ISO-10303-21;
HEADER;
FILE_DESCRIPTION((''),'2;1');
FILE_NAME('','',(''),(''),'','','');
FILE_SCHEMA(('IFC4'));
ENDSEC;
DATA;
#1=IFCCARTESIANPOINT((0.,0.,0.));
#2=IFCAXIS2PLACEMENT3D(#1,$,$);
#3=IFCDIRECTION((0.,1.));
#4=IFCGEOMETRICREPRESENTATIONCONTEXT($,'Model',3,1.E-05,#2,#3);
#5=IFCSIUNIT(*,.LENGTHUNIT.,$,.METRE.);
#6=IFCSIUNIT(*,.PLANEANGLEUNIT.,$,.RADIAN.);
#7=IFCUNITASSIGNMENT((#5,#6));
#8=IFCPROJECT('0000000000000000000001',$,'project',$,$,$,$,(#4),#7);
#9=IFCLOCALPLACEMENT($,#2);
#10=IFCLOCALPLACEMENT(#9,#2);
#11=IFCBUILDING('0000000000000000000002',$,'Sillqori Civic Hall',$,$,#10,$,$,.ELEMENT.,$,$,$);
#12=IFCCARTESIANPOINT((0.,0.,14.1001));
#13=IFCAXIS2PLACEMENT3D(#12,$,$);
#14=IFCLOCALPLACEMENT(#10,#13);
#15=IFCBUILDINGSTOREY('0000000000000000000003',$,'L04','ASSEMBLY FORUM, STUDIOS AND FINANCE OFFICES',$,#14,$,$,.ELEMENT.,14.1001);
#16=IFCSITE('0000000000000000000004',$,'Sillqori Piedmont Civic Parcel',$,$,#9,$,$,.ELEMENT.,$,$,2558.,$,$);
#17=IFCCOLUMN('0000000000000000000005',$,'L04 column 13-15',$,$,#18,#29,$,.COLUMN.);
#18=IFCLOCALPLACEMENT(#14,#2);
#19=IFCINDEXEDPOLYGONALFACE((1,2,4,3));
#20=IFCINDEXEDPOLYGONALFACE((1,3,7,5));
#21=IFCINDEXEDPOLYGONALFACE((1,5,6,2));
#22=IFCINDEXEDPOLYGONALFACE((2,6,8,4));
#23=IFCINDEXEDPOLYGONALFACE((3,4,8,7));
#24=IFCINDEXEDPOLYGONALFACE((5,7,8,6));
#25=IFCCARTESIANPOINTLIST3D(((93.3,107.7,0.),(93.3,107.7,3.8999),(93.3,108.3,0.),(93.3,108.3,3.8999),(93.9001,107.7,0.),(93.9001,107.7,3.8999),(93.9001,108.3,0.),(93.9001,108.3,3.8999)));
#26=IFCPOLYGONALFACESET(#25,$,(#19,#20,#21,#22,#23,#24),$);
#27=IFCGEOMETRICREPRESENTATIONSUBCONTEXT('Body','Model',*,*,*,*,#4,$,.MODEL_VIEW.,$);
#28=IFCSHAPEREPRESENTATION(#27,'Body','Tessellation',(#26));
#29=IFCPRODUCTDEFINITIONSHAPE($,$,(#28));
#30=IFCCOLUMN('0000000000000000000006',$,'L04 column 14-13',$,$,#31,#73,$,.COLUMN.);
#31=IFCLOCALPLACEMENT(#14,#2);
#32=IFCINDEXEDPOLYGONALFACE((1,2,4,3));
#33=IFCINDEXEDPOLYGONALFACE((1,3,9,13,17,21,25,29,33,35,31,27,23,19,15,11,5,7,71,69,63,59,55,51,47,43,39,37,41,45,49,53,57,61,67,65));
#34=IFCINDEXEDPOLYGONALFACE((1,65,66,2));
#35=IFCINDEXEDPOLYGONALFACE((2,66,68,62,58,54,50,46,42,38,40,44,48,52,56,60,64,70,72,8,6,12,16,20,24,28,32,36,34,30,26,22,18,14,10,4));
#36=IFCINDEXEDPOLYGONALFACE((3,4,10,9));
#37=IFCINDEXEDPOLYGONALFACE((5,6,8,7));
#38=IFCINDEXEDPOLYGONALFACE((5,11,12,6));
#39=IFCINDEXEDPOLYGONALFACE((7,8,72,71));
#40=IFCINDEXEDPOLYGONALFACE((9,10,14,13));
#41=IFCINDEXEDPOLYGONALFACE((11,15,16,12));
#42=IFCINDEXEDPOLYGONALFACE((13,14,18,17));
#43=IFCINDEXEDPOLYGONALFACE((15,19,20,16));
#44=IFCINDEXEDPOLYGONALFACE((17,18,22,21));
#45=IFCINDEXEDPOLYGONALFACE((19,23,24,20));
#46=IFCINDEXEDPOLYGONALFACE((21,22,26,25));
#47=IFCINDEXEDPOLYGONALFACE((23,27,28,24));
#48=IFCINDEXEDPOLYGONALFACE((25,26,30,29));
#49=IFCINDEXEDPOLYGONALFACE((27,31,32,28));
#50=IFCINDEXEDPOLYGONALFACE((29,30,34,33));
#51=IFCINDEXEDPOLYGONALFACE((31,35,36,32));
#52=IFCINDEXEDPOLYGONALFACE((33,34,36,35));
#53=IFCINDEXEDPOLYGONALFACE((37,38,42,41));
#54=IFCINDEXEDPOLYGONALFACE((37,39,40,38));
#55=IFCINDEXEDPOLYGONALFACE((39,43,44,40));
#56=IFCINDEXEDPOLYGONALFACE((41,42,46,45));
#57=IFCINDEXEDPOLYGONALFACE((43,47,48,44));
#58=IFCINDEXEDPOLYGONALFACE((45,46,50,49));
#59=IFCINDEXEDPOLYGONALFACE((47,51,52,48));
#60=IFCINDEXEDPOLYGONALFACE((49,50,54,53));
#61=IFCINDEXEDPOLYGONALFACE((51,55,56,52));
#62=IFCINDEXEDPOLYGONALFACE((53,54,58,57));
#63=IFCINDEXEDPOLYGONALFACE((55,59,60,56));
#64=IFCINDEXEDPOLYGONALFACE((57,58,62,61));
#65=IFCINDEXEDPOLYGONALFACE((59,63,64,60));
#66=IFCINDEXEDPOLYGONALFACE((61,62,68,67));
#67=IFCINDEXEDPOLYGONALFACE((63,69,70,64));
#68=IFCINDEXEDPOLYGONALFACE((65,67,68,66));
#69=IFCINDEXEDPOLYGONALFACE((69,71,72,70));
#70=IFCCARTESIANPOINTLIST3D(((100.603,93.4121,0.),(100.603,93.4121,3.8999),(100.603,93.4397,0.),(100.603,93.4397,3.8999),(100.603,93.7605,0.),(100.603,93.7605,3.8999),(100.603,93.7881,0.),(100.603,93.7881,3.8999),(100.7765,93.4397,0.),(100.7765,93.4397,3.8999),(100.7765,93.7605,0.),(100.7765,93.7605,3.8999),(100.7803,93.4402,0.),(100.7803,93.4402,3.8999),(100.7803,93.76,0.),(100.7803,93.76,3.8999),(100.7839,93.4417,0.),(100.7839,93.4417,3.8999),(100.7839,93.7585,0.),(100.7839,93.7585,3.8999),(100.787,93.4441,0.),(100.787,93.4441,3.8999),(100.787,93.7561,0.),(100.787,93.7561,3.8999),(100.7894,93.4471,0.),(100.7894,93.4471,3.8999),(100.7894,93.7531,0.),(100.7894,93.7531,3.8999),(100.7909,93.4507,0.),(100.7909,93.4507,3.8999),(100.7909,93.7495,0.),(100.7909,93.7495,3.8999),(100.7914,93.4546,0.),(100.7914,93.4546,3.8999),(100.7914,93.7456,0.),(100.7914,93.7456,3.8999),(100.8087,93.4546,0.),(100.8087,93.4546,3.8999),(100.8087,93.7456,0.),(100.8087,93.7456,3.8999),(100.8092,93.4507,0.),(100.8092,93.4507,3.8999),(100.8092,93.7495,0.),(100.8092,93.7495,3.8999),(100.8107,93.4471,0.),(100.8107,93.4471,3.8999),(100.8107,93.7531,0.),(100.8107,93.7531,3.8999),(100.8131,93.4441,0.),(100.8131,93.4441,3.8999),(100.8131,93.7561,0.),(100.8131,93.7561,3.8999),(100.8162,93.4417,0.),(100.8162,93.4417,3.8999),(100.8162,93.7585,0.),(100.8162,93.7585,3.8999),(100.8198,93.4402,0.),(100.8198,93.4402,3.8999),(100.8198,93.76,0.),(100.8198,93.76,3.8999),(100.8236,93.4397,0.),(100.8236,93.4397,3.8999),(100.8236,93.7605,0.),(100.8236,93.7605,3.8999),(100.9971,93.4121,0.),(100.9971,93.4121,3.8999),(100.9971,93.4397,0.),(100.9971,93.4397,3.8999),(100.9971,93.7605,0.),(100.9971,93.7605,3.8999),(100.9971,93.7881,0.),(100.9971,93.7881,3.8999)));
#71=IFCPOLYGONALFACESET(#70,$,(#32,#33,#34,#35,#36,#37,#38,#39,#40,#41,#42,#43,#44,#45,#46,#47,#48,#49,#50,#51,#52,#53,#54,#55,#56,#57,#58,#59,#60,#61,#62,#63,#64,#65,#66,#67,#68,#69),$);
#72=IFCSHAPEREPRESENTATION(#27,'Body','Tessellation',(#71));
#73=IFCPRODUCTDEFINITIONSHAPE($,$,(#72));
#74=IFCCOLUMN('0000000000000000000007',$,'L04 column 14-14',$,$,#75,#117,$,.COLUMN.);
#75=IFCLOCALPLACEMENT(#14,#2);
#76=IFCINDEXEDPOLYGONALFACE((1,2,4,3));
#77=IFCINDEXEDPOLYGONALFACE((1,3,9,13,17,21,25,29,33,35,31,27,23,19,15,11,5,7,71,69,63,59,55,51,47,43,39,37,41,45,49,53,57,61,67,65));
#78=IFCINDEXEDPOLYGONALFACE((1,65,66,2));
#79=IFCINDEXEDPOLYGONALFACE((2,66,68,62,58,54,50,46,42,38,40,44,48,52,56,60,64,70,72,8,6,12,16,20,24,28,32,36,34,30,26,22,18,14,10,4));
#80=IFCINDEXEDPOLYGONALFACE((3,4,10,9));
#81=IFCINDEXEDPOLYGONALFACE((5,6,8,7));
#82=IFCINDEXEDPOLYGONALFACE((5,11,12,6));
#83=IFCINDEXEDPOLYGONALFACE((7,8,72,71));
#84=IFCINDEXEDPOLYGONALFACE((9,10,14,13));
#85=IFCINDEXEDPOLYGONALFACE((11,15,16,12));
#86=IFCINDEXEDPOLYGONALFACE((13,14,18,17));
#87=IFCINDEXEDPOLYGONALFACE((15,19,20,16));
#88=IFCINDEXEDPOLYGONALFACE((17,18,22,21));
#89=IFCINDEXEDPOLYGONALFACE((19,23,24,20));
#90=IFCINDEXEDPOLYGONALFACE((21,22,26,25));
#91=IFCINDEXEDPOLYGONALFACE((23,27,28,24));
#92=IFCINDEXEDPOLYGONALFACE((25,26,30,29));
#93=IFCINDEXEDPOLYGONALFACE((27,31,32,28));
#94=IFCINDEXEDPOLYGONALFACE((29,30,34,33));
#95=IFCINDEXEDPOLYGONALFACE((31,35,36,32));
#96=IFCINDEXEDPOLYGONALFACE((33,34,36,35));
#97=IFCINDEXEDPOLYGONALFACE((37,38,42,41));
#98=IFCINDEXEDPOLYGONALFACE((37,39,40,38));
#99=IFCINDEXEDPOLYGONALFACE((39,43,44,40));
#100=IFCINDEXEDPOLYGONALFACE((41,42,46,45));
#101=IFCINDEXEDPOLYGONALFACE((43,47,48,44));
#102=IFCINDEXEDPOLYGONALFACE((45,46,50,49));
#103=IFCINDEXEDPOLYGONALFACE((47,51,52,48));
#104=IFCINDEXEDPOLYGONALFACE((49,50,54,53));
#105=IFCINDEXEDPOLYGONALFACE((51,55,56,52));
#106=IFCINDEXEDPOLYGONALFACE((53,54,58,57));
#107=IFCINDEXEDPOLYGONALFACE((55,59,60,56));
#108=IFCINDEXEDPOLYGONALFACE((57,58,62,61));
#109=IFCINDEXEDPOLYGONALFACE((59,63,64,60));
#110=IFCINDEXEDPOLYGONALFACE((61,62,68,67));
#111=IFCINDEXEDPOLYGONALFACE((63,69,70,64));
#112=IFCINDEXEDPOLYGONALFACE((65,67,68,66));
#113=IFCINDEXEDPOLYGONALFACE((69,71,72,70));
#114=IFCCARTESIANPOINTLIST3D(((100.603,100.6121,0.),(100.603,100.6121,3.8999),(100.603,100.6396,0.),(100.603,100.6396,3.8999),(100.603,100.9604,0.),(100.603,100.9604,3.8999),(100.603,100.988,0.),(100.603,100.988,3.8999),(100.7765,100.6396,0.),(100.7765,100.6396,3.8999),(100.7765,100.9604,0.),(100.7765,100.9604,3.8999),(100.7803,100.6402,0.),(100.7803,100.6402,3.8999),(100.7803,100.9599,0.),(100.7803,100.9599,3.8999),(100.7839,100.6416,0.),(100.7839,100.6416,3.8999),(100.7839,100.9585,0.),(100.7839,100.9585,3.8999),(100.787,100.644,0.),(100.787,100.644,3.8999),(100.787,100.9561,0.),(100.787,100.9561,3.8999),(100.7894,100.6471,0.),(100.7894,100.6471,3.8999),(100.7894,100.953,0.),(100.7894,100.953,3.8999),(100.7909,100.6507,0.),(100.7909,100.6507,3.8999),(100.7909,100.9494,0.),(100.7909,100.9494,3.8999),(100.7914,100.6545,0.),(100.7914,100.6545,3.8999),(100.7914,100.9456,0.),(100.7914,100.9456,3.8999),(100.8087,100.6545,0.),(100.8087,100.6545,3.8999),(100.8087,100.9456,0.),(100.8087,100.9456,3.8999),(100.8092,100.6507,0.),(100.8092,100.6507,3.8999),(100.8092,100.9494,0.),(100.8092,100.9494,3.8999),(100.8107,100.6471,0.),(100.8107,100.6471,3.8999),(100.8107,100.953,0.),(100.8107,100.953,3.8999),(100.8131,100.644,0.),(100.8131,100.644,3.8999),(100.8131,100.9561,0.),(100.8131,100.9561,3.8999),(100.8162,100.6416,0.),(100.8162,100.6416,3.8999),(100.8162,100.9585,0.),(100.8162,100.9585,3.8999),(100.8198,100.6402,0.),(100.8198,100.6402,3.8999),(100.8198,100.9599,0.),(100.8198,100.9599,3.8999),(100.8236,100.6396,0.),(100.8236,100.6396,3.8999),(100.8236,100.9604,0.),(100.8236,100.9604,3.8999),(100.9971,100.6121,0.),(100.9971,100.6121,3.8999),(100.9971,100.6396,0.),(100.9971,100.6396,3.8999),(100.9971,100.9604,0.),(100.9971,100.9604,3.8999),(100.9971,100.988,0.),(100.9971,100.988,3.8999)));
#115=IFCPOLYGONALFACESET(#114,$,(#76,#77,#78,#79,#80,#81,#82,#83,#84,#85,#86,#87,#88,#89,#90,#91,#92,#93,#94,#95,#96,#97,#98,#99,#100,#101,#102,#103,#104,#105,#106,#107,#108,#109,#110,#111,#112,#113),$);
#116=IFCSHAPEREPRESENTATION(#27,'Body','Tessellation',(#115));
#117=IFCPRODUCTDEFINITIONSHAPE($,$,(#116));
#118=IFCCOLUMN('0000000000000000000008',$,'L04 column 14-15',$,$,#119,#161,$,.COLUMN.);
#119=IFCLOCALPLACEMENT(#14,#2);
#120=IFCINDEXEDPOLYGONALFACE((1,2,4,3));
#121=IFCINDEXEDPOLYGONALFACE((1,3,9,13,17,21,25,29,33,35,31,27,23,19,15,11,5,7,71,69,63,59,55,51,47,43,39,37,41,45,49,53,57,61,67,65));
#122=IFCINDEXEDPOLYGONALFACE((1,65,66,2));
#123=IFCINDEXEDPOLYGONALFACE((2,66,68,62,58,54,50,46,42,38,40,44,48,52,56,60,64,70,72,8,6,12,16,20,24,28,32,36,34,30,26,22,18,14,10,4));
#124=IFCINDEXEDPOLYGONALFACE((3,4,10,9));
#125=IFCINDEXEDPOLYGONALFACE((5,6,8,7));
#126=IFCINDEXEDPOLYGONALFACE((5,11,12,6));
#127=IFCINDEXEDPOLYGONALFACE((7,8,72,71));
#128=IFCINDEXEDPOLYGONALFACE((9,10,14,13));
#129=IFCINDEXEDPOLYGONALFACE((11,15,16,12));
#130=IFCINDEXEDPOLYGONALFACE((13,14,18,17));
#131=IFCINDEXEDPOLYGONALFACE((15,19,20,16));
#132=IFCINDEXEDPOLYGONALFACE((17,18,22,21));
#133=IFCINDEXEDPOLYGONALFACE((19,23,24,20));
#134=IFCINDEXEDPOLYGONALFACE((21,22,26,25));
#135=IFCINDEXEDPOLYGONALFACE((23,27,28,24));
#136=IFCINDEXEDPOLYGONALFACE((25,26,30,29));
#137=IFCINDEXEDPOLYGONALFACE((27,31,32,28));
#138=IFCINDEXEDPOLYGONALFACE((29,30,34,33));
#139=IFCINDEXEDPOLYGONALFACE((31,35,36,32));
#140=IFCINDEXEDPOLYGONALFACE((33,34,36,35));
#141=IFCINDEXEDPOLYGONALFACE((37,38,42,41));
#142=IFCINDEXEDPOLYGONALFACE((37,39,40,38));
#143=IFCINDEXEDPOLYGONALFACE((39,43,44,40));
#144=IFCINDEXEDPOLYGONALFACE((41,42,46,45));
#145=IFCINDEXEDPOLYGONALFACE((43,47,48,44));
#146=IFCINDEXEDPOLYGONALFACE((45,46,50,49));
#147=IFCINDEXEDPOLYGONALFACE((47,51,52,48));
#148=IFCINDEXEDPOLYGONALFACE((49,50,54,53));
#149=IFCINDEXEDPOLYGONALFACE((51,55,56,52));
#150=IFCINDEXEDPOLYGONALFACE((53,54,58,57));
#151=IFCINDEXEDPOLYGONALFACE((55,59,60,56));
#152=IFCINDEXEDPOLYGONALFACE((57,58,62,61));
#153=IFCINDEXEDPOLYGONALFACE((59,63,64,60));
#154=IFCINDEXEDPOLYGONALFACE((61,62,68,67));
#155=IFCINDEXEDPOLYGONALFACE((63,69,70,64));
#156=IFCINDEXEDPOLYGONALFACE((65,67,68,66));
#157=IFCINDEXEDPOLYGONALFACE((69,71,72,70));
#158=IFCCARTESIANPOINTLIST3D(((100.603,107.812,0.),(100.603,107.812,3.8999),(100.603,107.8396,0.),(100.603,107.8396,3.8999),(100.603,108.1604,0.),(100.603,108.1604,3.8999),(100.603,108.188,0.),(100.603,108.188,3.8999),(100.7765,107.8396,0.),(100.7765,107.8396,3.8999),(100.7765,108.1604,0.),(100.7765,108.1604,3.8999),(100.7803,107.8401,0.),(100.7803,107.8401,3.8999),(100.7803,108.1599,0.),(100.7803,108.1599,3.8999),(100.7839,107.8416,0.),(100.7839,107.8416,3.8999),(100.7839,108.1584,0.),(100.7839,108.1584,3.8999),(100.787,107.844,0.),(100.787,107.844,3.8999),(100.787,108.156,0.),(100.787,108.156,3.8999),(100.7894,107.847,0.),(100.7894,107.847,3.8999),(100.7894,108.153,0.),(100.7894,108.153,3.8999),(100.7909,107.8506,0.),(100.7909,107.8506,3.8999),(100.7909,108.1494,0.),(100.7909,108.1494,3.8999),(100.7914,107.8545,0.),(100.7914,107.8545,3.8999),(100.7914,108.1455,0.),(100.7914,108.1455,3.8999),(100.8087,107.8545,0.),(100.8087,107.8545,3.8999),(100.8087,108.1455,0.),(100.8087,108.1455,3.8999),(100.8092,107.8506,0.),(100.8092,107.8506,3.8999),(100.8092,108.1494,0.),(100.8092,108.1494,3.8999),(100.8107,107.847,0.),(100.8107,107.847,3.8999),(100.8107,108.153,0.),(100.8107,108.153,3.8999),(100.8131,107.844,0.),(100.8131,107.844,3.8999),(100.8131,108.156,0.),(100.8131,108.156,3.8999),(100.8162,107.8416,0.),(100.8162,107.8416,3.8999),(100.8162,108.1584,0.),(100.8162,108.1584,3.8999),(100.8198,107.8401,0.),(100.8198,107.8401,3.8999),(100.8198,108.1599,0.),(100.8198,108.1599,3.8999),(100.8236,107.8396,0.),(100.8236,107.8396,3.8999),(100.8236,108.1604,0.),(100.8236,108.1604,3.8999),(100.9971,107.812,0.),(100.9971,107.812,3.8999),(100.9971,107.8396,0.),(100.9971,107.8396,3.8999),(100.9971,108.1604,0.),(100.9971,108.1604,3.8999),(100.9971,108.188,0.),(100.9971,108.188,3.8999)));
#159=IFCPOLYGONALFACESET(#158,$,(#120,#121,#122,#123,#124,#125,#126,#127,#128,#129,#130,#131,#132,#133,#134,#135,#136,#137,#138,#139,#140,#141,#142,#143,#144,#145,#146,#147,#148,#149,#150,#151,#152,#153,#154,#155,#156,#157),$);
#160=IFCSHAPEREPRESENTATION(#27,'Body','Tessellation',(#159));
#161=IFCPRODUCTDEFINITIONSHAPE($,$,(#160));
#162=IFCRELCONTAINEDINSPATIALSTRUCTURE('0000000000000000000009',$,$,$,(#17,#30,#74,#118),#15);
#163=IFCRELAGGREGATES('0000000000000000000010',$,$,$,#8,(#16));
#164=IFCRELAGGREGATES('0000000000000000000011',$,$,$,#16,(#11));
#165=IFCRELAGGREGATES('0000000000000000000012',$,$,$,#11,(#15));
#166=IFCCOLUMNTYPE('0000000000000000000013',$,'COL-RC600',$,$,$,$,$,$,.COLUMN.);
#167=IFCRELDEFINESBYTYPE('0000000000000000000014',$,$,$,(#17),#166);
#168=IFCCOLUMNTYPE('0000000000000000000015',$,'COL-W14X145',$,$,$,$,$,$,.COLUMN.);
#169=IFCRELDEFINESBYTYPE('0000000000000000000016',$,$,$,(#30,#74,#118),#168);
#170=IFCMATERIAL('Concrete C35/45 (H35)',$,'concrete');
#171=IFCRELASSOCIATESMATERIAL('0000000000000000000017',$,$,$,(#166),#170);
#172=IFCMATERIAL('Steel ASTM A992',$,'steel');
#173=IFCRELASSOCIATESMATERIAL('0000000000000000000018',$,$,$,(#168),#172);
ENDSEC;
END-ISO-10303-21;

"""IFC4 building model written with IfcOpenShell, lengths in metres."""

from ifc_helpers import new_model, si_unit, direction, frame, origin, origin_2d, place, context, subcontext, project, spatial, rectangle, i_section, extrude, material, material_profile, profile_set, type_object, element, save


model = new_model("IFC4")

# Units and contexts
model_context = context("Model", 3, precision=1e-05, world=origin(), true_north=direction((0.0, 1.0)))
body_context = subcontext(model_context, "Body", "Model", "MODEL_VIEW")
ifc_project = project(units=[si_unit("LENGTHUNIT", "METRE"), si_unit("PLANEANGLEUNIT", "RADIAN")], contexts=[model_context])

# Site, building, storey
site_placement = place(None, origin())
site = spatial("IfcSite", under=ifc_project, at=site_placement, Name="Sillqori Piedmont Civic Parcel", CompositionType="ELEMENT", RefElevation=2558.0)
building_placement = place(site_placement, origin())
building = spatial("IfcBuilding", under=site, at=building_placement, Name="Sillqori Civic Hall", CompositionType="ELEMENT")
storey_placement = place(building_placement, frame((0.0, 0.0, 14.1001)))
storey = spatial("IfcBuildingStorey", under=building, at=storey_placement, Name="L04", Description="ASSEMBLY FORUM, STUDIOS AND FINANCE OFFICES", CompositionType="ELEMENT", Elevation=14.1001)

# Columns
ifc_material_1 = material(Name="Concrete C35/45 (H35)", Category="concrete")
ifc_material_profile_1 = material_profile(ifc_material_1, rectangle(XDim=0.6001, YDim=0.6001, at=origin_2d()), Name="RC 600x600")
ifc_profile_set_1 = profile_set([ifc_material_profile_1], Name="Concrete C35/45 (H35)")
column_type_1 = type_object("IfcColumnType", Name="COL-RC600", PredefinedType="COLUMN", material=ifc_profile_set_1)
column_placement = place(storey_placement, frame((93.6001, 108.0, 0.0), z_axis=(0.0, 0.0, 1.0), x_axis=(1.0, 0.0, 0.0)))
element("IfcColumn", 1, at=column_placement, inside=storey, type_object=column_type_1, Name="L04 column 13-15", PredefinedType="COLUMN", context=body_context, shape_type="SweptSolid", body=[
    extrude(rectangle(XDim=0.6001, YDim=0.6001, at=origin_2d()), origin(), (0.0, 0.0, 1.0), 3.8999),
])
ifc_material_2 = material(Name="Steel ASTM A992", Category="steel")
ifc_material_profile_2 = material_profile(ifc_material_2, i_section(OverallWidth=0.394, OverallDepth=0.376, WebThickness=0.0173, FlangeThickness=0.0276, FilletRadius=0.0149, at=origin_2d()), Name="W14X145")
ifc_profile_set_2 = profile_set([ifc_material_profile_2], Name="Steel ASTM A992")
column_type_2 = type_object("IfcColumnType", Name="COL-W14X145", PredefinedType="COLUMN", material=ifc_profile_set_2)
for number, where, z_axis, x_axis, name in (
    (2, (100.8, 93.6001, 0.0), (0.0, 0.0, 1.0), (1.0, 0.0, 0.0), "L04 column 14-13"),
    (3, (100.8, 100.8, 0.0), (0.0, 0.0, 1.0), (1.0, 0.0, 0.0), "L04 column 14-14"),
    (4, (100.8, 108.0, 0.0), (0.0, 0.0, 1.0), (1.0, 0.0, 0.0), "L04 column 14-15"),
):
    element("IfcColumn", number, at=place(storey_placement, frame(where, z_axis=z_axis, x_axis=x_axis)), inside=storey, type_object=column_type_2, Name=name, PredefinedType="COLUMN", context=body_context, shape_type="SweptSolid", body=[
        extrude(i_section(OverallWidth=0.394, OverallDepth=0.376, WebThickness=0.0173, FlangeThickness=0.0276, FilletRadius=0.0149, at=origin_2d()), origin(), (0.0, 0.0, 1.0), 3.8999),
    ])

save(model, "model.ifc")
